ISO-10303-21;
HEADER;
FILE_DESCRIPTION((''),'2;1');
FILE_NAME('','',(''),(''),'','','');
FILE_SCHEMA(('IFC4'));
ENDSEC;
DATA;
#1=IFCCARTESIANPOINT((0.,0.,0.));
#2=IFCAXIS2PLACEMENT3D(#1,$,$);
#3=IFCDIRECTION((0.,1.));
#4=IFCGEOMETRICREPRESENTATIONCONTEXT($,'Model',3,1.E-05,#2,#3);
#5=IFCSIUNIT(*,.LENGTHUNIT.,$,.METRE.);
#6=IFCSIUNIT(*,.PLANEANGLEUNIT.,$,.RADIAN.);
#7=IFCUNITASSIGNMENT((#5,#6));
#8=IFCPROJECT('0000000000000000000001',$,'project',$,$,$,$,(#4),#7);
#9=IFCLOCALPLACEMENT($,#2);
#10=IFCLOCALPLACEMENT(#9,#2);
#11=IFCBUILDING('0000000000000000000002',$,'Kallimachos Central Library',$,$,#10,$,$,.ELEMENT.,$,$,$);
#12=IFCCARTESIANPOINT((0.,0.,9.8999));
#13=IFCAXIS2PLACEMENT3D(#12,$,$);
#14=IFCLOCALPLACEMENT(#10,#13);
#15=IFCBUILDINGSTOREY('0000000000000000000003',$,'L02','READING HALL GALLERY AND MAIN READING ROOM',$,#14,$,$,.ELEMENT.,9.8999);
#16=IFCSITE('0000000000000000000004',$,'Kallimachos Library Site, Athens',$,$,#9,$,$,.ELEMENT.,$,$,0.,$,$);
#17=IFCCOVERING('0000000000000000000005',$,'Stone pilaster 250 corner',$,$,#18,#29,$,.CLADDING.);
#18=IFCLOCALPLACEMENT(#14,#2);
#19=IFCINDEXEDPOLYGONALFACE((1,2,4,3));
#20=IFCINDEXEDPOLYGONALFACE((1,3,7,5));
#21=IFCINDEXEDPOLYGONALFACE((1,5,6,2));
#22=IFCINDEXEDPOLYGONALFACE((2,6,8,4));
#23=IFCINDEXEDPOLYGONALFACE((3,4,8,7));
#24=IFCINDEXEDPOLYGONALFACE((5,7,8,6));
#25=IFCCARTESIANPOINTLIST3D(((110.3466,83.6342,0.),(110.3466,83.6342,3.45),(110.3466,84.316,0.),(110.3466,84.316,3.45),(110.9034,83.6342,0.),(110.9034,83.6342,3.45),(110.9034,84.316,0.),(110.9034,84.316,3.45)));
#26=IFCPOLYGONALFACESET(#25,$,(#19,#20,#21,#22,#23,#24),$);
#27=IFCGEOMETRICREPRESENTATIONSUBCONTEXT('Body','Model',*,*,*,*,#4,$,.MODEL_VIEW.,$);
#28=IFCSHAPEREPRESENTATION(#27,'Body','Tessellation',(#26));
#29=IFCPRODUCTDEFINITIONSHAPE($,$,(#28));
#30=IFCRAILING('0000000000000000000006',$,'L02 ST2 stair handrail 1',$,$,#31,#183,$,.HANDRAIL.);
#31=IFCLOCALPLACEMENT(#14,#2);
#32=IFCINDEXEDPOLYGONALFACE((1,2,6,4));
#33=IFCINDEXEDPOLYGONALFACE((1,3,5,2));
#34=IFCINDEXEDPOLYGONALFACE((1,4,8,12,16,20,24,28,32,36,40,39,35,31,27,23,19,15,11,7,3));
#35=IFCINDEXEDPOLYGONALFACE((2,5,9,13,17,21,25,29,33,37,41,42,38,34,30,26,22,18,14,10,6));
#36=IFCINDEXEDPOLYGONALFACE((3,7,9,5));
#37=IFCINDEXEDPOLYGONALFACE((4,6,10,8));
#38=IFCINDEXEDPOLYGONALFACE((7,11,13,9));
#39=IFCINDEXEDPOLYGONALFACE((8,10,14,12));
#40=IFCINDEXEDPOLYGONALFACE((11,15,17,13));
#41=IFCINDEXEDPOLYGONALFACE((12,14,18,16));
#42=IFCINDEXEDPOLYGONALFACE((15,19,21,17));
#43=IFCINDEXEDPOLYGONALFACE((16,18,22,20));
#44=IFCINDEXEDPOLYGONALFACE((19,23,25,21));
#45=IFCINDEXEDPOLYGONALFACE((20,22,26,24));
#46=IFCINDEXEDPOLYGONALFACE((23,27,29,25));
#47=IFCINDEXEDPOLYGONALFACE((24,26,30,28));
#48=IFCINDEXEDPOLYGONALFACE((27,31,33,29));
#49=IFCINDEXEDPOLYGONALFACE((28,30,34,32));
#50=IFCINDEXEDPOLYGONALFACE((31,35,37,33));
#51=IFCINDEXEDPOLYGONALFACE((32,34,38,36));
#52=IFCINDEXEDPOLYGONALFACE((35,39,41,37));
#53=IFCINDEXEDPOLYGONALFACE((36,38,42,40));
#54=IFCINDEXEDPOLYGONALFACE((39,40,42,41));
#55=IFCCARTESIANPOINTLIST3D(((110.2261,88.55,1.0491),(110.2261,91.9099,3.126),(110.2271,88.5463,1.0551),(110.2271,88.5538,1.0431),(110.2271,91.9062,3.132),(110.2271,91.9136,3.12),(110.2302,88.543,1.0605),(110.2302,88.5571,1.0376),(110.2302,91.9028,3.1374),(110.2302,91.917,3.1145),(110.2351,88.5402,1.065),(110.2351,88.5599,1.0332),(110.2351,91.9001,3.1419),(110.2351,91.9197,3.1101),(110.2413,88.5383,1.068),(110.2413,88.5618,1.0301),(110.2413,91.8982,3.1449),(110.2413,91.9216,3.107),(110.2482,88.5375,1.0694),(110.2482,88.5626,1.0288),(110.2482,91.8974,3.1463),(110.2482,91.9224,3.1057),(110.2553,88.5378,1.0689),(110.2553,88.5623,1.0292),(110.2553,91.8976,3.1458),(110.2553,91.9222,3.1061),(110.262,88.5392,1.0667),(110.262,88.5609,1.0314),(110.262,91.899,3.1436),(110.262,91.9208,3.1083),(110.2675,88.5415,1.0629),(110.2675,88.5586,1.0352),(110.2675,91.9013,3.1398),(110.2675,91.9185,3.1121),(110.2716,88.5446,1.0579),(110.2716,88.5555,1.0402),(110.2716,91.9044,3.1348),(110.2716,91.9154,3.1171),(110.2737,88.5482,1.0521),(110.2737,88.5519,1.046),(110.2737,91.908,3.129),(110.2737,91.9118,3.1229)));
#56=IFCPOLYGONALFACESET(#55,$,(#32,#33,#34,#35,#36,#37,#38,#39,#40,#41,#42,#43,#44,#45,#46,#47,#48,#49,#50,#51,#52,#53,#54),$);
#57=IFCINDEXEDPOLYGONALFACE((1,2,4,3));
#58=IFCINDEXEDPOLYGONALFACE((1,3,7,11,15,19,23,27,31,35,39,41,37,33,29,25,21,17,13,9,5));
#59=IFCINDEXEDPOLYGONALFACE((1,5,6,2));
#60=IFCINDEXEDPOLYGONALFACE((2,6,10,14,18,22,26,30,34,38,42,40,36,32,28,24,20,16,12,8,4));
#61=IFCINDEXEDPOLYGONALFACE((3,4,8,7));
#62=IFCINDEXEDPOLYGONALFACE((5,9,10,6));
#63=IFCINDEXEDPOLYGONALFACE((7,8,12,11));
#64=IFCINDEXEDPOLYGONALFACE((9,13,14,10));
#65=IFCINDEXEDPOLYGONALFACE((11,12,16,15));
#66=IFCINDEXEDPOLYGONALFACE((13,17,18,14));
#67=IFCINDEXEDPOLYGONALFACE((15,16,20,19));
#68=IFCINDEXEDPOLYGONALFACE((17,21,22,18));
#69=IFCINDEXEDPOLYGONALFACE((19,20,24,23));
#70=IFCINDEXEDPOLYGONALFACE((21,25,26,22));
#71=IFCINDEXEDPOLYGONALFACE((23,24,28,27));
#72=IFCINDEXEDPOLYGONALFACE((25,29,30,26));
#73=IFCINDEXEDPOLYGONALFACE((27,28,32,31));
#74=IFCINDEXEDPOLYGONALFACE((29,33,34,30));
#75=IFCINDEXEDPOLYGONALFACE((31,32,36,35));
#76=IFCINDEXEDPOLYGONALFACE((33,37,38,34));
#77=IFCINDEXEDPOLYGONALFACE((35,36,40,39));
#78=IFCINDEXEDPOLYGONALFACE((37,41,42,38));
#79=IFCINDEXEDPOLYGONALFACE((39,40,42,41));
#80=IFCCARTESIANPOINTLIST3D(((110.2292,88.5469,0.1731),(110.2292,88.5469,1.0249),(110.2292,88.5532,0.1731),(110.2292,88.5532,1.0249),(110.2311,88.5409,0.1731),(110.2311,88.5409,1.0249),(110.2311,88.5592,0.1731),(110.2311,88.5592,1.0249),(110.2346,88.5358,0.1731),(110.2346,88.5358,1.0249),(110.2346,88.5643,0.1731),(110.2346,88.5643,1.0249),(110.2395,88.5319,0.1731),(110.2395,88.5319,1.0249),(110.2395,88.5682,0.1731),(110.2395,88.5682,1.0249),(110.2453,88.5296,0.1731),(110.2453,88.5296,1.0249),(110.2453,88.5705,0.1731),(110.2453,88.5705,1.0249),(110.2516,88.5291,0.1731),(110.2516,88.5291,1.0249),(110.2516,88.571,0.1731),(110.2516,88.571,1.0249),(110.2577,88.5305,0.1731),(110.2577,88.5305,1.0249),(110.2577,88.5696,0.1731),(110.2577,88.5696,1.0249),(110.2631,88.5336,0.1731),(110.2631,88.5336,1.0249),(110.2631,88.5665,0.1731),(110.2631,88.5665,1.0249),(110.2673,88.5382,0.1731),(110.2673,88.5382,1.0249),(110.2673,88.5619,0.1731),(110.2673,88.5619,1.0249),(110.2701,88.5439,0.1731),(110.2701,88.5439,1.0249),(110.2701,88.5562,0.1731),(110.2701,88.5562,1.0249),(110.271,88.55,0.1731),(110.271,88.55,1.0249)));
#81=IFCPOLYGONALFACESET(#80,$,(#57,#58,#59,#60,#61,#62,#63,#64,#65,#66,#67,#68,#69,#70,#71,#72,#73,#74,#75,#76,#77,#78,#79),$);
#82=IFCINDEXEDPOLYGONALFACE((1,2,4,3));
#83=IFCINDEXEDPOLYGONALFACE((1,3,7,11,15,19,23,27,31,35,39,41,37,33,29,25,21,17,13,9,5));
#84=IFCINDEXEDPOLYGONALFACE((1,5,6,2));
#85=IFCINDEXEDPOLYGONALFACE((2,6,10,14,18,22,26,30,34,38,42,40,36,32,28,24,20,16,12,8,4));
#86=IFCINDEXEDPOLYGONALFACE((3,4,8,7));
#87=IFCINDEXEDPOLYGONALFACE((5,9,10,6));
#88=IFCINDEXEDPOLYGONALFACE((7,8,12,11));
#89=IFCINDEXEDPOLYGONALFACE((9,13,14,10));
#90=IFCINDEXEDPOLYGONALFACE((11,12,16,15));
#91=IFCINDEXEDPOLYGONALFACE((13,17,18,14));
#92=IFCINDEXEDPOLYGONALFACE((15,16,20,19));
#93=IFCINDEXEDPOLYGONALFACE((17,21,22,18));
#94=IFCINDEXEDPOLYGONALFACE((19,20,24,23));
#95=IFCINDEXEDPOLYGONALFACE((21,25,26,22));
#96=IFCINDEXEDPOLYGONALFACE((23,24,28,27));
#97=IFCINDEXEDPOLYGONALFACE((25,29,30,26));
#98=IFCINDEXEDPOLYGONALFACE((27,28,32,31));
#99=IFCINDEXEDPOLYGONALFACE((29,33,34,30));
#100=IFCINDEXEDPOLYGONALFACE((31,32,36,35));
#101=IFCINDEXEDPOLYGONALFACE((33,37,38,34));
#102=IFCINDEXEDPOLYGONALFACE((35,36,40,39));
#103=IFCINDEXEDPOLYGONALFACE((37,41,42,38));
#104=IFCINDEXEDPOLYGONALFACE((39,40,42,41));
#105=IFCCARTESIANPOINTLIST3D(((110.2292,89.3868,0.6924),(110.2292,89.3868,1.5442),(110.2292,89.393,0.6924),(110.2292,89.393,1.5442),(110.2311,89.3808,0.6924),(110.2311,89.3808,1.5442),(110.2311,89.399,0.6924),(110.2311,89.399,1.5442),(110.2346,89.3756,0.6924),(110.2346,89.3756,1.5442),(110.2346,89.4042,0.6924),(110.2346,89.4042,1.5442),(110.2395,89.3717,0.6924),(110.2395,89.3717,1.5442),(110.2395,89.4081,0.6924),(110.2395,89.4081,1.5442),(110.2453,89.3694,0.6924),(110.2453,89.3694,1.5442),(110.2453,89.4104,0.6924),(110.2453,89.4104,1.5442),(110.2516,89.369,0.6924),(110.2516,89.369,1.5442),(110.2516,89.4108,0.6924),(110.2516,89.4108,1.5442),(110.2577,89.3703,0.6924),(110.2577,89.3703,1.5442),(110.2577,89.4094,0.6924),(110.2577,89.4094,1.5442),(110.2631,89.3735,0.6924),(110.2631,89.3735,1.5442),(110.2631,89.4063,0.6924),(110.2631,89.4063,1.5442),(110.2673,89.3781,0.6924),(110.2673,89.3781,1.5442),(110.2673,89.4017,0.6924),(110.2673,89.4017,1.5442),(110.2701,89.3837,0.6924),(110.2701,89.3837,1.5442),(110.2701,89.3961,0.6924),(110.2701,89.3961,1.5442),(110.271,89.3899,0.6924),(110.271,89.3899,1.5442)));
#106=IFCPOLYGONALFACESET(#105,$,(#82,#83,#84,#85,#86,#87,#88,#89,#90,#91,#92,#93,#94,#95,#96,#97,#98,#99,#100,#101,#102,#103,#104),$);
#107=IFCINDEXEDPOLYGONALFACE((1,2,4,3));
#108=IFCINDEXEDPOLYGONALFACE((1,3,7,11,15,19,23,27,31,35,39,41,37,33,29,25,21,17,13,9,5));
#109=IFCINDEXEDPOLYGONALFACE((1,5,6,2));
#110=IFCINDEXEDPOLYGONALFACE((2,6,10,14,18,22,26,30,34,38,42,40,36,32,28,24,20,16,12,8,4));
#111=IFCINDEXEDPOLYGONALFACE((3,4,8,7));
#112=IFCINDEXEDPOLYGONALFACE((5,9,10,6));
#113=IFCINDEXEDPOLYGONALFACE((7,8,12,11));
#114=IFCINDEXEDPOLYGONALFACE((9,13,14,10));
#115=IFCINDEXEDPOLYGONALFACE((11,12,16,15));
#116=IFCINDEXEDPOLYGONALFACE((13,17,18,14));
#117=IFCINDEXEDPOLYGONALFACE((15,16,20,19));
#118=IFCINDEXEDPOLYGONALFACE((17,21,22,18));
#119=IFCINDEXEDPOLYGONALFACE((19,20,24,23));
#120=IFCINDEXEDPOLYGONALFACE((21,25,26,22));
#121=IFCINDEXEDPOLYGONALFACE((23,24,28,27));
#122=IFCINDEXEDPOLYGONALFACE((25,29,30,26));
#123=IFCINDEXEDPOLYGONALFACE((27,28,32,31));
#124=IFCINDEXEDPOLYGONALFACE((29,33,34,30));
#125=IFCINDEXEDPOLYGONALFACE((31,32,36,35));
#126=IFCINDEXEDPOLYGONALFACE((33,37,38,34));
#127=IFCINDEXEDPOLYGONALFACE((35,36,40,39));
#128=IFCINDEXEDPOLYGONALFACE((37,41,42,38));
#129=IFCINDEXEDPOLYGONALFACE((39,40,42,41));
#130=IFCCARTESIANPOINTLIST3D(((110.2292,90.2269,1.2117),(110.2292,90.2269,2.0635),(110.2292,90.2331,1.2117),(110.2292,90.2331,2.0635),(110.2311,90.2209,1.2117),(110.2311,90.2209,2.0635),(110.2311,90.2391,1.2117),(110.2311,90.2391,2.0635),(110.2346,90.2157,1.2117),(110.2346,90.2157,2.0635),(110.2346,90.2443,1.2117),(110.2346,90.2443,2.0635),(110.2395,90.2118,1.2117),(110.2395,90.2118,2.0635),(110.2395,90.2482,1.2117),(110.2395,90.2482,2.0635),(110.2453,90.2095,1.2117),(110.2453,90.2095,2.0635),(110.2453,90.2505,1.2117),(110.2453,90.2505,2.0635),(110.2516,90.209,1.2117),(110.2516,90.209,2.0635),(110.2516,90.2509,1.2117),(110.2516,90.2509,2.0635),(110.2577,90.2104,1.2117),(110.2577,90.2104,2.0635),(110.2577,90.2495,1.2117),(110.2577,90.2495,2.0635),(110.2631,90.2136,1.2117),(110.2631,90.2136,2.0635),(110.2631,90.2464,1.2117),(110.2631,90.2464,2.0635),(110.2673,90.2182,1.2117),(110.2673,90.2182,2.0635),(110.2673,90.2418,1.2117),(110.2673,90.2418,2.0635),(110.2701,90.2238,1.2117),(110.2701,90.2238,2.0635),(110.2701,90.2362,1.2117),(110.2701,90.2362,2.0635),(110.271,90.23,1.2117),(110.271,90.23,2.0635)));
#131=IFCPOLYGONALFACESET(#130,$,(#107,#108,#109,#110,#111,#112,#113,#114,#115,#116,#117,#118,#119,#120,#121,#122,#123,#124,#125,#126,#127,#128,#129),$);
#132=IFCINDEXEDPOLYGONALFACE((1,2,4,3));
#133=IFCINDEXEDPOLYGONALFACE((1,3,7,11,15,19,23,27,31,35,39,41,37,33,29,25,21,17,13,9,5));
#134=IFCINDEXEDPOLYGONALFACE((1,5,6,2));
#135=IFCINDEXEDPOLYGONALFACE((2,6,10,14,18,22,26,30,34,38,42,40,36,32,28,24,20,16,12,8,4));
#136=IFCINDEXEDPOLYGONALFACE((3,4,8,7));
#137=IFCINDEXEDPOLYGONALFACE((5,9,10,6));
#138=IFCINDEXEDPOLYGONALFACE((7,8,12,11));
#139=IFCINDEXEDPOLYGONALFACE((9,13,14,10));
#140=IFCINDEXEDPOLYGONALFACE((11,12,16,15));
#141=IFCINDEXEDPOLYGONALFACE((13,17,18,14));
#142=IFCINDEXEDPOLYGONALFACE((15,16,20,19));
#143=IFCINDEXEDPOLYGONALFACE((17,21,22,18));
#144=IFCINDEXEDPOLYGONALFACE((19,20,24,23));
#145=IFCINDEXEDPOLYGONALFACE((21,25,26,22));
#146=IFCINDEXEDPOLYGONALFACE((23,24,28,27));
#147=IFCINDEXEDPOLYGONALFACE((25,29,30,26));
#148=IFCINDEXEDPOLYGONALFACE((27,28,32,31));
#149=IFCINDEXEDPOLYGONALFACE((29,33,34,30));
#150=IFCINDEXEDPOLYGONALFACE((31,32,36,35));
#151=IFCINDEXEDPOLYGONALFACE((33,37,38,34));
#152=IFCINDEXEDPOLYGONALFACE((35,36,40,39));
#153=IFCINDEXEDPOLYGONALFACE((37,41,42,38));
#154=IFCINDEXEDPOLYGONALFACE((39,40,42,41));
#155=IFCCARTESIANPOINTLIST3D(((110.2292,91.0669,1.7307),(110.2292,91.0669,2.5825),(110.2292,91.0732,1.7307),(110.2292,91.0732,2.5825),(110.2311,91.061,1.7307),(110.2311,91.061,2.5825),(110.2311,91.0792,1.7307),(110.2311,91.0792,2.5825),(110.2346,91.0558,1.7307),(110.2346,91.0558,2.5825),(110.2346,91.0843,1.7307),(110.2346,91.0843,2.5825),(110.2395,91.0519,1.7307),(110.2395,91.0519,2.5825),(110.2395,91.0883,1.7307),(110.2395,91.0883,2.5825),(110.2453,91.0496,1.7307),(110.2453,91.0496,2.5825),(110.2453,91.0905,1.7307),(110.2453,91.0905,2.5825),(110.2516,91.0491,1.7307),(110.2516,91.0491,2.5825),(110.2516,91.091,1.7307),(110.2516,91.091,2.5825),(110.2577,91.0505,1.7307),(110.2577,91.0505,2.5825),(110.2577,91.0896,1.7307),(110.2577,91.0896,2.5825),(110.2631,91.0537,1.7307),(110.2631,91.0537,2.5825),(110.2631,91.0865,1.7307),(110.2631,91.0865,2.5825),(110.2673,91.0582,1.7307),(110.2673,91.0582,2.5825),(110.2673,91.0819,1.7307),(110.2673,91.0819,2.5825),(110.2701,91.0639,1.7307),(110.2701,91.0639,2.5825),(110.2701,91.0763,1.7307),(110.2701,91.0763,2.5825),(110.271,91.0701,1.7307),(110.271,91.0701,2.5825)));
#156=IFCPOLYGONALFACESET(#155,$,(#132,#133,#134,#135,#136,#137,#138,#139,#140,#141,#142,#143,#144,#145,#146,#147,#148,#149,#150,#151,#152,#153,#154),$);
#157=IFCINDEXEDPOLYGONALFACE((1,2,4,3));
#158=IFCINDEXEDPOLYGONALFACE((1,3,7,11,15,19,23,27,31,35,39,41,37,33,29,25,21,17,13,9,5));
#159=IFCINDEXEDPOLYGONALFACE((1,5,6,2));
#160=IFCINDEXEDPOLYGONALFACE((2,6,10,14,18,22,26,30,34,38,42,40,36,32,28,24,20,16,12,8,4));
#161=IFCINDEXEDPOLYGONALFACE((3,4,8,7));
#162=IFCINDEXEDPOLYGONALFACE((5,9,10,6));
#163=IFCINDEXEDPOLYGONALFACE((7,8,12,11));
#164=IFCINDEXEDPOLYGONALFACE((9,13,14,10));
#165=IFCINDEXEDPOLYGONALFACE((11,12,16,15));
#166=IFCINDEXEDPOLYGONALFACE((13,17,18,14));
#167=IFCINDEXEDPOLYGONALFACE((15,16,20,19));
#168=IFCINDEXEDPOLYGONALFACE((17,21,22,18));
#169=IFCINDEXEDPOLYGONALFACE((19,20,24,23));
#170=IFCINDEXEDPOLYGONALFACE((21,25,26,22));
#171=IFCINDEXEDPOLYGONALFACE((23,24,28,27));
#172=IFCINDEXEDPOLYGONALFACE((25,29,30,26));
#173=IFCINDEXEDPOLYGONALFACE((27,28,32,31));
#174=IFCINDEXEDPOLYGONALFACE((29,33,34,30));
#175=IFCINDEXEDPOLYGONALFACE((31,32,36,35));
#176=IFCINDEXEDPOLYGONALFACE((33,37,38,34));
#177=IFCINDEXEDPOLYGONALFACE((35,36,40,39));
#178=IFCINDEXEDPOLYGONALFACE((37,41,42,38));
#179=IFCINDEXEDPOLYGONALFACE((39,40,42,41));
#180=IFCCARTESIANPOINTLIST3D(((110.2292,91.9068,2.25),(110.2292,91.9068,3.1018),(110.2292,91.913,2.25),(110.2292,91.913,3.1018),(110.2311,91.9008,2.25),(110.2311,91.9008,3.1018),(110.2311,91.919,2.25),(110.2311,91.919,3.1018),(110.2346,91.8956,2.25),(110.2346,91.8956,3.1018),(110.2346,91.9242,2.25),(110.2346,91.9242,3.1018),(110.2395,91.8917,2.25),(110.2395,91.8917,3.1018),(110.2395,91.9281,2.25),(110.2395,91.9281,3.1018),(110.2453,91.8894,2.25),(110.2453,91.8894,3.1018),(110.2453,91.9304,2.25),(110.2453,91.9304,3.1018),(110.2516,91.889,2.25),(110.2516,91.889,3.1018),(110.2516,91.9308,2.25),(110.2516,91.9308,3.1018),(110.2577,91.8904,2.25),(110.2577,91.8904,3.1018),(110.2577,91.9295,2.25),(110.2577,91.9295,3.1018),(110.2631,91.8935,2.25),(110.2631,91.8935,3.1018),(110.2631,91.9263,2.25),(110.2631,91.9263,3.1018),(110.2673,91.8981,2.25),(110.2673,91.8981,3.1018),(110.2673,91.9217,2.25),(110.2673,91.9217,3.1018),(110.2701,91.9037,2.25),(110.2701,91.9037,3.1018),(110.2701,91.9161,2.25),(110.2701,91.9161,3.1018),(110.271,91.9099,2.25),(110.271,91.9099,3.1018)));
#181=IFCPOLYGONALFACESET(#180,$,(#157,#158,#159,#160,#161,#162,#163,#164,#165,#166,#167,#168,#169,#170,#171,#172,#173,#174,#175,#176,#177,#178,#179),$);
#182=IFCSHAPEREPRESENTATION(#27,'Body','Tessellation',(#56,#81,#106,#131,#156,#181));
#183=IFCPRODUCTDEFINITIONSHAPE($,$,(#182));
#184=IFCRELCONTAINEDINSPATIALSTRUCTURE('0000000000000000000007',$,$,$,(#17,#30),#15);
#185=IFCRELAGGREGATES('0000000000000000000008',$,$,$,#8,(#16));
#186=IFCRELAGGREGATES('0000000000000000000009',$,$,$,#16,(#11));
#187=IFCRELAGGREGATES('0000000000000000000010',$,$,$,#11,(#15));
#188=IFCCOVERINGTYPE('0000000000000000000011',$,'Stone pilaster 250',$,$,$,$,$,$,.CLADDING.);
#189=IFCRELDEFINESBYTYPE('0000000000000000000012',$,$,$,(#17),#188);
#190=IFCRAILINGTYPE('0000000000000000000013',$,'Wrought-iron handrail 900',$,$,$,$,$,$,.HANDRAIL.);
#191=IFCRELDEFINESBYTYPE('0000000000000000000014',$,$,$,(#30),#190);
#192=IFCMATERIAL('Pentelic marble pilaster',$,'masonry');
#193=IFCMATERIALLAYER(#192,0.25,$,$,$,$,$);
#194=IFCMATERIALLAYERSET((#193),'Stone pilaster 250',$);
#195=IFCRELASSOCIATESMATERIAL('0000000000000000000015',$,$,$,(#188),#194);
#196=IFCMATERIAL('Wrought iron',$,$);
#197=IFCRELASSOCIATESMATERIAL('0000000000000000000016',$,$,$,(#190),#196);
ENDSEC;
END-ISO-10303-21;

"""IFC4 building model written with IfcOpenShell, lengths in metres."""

from ifc_helpers import new_model, si_unit, direction, frame, origin, origin_2d, place, context, subcontext, project, spatial, rectangle, circle, extrude, material, layer, layer_set, type_object, element, save


model = new_model("IFC4")

# Units and contexts
model_context = context("Model", 3, precision=1e-05, world=origin(), true_north=direction((0.0, 1.0)))
body_context = subcontext(model_context, "Body", "Model", "MODEL_VIEW")
ifc_project = project(units=[si_unit("LENGTHUNIT", "METRE"), si_unit("PLANEANGLEUNIT", "RADIAN")], contexts=[model_context])

# Site, building, storey
site_placement = place(None, origin())
site = spatial("IfcSite", under=ifc_project, at=site_placement, Name="Kallimachos Library Site, Athens", CompositionType="ELEMENT", RefElevation=0.0)
building_placement = place(site_placement, origin())
building = spatial("IfcBuilding", under=site, at=building_placement, Name="Kallimachos Central Library", CompositionType="ELEMENT")
storey_placement = place(building_placement, frame((0.0, 0.0, 9.8999)))
storey = spatial("IfcBuildingStorey", under=building, at=storey_placement, Name="L02", Description="READING HALL GALLERY AND MAIN READING ROOM", CompositionType="ELEMENT", Elevation=9.8999)

# Covering
ifc_material_1 = material(Name="Pentelic marble pilaster", Category="masonry")
ifc_layer_1 = layer(ifc_material_1, 0.25)
ifc_layer_set_1 = layer_set([ifc_layer_1], Name="Stone pilaster 250")
covering_type_1 = type_object("IfcCoveringType", Name="Stone pilaster 250", PredefinedType="CLADDING", material=ifc_layer_set_1)
covering_1_placement = place(storey_placement, frame((110.625, 83.9751, 0.0), z_axis=(0.0, 0.0, 1.0), x_axis=(1.0, 0.0, 0.0)))
element("IfcCovering", 1, at=covering_1_placement, inside=storey, type_object=covering_type_1, Name="Stone pilaster 250 corner", PredefinedType="CLADDING", context=body_context, shape_type="SweptSolid", body=[
    extrude(rectangle(XDim=0.5569, YDim=0.6819, at=origin_2d()), origin(), (0.0, 0.0, 1.0), 3.45),
])

# Railing
ifc_material_2 = material(Name="Wrought iron")
railing_type_1 = type_object("IfcRailingType", Name="Wrought-iron handrail 900", PredefinedType="HANDRAIL", material=ifc_material_2)
railing_1_placement = place(storey_placement, frame((110.25, 88.55, 0.1731)))
element("IfcRailing", 2, at=railing_1_placement, inside=storey, type_object=railing_type_1, Name="L02 ST2 stair handrail 1", PredefinedType="HANDRAIL", context=body_context, shape_type="SweptSolid", body=[
    extrude(circle(Radius=0.0239, at=origin_2d()), frame((0.0, 0.0, 0.876), z_axis=(0.0, 0.850606, 0.525803), x_axis=(-1.0, 0.0, 0.0)), (0.0, 0.0, 1.0), 3.95),
    extrude(circle(Radius=0.021, at=origin_2d()), origin(), (0.0, 0.0, 1.0), 0.8518),
    extrude(circle(Radius=0.021, at=origin_2d()), frame((0.0, 0.8398, 0.5193)), (0.0, 0.0, 1.0), 0.8518),
    extrude(circle(Radius=0.021, at=origin_2d()), frame((0.0, 1.6799, 1.0386)), (0.0, 0.0, 1.0), 0.8518),
    extrude(circle(Radius=0.021, at=origin_2d()), frame((0.0, 2.52, 1.5576)), (0.0, 0.0, 1.0), 0.8518),
    extrude(circle(Radius=0.021, at=origin_2d()), frame((0.0, 3.3599, 2.0769)), (0.0, 0.0, 1.0), 0.8518),
])

save(model, "model.ifc")
